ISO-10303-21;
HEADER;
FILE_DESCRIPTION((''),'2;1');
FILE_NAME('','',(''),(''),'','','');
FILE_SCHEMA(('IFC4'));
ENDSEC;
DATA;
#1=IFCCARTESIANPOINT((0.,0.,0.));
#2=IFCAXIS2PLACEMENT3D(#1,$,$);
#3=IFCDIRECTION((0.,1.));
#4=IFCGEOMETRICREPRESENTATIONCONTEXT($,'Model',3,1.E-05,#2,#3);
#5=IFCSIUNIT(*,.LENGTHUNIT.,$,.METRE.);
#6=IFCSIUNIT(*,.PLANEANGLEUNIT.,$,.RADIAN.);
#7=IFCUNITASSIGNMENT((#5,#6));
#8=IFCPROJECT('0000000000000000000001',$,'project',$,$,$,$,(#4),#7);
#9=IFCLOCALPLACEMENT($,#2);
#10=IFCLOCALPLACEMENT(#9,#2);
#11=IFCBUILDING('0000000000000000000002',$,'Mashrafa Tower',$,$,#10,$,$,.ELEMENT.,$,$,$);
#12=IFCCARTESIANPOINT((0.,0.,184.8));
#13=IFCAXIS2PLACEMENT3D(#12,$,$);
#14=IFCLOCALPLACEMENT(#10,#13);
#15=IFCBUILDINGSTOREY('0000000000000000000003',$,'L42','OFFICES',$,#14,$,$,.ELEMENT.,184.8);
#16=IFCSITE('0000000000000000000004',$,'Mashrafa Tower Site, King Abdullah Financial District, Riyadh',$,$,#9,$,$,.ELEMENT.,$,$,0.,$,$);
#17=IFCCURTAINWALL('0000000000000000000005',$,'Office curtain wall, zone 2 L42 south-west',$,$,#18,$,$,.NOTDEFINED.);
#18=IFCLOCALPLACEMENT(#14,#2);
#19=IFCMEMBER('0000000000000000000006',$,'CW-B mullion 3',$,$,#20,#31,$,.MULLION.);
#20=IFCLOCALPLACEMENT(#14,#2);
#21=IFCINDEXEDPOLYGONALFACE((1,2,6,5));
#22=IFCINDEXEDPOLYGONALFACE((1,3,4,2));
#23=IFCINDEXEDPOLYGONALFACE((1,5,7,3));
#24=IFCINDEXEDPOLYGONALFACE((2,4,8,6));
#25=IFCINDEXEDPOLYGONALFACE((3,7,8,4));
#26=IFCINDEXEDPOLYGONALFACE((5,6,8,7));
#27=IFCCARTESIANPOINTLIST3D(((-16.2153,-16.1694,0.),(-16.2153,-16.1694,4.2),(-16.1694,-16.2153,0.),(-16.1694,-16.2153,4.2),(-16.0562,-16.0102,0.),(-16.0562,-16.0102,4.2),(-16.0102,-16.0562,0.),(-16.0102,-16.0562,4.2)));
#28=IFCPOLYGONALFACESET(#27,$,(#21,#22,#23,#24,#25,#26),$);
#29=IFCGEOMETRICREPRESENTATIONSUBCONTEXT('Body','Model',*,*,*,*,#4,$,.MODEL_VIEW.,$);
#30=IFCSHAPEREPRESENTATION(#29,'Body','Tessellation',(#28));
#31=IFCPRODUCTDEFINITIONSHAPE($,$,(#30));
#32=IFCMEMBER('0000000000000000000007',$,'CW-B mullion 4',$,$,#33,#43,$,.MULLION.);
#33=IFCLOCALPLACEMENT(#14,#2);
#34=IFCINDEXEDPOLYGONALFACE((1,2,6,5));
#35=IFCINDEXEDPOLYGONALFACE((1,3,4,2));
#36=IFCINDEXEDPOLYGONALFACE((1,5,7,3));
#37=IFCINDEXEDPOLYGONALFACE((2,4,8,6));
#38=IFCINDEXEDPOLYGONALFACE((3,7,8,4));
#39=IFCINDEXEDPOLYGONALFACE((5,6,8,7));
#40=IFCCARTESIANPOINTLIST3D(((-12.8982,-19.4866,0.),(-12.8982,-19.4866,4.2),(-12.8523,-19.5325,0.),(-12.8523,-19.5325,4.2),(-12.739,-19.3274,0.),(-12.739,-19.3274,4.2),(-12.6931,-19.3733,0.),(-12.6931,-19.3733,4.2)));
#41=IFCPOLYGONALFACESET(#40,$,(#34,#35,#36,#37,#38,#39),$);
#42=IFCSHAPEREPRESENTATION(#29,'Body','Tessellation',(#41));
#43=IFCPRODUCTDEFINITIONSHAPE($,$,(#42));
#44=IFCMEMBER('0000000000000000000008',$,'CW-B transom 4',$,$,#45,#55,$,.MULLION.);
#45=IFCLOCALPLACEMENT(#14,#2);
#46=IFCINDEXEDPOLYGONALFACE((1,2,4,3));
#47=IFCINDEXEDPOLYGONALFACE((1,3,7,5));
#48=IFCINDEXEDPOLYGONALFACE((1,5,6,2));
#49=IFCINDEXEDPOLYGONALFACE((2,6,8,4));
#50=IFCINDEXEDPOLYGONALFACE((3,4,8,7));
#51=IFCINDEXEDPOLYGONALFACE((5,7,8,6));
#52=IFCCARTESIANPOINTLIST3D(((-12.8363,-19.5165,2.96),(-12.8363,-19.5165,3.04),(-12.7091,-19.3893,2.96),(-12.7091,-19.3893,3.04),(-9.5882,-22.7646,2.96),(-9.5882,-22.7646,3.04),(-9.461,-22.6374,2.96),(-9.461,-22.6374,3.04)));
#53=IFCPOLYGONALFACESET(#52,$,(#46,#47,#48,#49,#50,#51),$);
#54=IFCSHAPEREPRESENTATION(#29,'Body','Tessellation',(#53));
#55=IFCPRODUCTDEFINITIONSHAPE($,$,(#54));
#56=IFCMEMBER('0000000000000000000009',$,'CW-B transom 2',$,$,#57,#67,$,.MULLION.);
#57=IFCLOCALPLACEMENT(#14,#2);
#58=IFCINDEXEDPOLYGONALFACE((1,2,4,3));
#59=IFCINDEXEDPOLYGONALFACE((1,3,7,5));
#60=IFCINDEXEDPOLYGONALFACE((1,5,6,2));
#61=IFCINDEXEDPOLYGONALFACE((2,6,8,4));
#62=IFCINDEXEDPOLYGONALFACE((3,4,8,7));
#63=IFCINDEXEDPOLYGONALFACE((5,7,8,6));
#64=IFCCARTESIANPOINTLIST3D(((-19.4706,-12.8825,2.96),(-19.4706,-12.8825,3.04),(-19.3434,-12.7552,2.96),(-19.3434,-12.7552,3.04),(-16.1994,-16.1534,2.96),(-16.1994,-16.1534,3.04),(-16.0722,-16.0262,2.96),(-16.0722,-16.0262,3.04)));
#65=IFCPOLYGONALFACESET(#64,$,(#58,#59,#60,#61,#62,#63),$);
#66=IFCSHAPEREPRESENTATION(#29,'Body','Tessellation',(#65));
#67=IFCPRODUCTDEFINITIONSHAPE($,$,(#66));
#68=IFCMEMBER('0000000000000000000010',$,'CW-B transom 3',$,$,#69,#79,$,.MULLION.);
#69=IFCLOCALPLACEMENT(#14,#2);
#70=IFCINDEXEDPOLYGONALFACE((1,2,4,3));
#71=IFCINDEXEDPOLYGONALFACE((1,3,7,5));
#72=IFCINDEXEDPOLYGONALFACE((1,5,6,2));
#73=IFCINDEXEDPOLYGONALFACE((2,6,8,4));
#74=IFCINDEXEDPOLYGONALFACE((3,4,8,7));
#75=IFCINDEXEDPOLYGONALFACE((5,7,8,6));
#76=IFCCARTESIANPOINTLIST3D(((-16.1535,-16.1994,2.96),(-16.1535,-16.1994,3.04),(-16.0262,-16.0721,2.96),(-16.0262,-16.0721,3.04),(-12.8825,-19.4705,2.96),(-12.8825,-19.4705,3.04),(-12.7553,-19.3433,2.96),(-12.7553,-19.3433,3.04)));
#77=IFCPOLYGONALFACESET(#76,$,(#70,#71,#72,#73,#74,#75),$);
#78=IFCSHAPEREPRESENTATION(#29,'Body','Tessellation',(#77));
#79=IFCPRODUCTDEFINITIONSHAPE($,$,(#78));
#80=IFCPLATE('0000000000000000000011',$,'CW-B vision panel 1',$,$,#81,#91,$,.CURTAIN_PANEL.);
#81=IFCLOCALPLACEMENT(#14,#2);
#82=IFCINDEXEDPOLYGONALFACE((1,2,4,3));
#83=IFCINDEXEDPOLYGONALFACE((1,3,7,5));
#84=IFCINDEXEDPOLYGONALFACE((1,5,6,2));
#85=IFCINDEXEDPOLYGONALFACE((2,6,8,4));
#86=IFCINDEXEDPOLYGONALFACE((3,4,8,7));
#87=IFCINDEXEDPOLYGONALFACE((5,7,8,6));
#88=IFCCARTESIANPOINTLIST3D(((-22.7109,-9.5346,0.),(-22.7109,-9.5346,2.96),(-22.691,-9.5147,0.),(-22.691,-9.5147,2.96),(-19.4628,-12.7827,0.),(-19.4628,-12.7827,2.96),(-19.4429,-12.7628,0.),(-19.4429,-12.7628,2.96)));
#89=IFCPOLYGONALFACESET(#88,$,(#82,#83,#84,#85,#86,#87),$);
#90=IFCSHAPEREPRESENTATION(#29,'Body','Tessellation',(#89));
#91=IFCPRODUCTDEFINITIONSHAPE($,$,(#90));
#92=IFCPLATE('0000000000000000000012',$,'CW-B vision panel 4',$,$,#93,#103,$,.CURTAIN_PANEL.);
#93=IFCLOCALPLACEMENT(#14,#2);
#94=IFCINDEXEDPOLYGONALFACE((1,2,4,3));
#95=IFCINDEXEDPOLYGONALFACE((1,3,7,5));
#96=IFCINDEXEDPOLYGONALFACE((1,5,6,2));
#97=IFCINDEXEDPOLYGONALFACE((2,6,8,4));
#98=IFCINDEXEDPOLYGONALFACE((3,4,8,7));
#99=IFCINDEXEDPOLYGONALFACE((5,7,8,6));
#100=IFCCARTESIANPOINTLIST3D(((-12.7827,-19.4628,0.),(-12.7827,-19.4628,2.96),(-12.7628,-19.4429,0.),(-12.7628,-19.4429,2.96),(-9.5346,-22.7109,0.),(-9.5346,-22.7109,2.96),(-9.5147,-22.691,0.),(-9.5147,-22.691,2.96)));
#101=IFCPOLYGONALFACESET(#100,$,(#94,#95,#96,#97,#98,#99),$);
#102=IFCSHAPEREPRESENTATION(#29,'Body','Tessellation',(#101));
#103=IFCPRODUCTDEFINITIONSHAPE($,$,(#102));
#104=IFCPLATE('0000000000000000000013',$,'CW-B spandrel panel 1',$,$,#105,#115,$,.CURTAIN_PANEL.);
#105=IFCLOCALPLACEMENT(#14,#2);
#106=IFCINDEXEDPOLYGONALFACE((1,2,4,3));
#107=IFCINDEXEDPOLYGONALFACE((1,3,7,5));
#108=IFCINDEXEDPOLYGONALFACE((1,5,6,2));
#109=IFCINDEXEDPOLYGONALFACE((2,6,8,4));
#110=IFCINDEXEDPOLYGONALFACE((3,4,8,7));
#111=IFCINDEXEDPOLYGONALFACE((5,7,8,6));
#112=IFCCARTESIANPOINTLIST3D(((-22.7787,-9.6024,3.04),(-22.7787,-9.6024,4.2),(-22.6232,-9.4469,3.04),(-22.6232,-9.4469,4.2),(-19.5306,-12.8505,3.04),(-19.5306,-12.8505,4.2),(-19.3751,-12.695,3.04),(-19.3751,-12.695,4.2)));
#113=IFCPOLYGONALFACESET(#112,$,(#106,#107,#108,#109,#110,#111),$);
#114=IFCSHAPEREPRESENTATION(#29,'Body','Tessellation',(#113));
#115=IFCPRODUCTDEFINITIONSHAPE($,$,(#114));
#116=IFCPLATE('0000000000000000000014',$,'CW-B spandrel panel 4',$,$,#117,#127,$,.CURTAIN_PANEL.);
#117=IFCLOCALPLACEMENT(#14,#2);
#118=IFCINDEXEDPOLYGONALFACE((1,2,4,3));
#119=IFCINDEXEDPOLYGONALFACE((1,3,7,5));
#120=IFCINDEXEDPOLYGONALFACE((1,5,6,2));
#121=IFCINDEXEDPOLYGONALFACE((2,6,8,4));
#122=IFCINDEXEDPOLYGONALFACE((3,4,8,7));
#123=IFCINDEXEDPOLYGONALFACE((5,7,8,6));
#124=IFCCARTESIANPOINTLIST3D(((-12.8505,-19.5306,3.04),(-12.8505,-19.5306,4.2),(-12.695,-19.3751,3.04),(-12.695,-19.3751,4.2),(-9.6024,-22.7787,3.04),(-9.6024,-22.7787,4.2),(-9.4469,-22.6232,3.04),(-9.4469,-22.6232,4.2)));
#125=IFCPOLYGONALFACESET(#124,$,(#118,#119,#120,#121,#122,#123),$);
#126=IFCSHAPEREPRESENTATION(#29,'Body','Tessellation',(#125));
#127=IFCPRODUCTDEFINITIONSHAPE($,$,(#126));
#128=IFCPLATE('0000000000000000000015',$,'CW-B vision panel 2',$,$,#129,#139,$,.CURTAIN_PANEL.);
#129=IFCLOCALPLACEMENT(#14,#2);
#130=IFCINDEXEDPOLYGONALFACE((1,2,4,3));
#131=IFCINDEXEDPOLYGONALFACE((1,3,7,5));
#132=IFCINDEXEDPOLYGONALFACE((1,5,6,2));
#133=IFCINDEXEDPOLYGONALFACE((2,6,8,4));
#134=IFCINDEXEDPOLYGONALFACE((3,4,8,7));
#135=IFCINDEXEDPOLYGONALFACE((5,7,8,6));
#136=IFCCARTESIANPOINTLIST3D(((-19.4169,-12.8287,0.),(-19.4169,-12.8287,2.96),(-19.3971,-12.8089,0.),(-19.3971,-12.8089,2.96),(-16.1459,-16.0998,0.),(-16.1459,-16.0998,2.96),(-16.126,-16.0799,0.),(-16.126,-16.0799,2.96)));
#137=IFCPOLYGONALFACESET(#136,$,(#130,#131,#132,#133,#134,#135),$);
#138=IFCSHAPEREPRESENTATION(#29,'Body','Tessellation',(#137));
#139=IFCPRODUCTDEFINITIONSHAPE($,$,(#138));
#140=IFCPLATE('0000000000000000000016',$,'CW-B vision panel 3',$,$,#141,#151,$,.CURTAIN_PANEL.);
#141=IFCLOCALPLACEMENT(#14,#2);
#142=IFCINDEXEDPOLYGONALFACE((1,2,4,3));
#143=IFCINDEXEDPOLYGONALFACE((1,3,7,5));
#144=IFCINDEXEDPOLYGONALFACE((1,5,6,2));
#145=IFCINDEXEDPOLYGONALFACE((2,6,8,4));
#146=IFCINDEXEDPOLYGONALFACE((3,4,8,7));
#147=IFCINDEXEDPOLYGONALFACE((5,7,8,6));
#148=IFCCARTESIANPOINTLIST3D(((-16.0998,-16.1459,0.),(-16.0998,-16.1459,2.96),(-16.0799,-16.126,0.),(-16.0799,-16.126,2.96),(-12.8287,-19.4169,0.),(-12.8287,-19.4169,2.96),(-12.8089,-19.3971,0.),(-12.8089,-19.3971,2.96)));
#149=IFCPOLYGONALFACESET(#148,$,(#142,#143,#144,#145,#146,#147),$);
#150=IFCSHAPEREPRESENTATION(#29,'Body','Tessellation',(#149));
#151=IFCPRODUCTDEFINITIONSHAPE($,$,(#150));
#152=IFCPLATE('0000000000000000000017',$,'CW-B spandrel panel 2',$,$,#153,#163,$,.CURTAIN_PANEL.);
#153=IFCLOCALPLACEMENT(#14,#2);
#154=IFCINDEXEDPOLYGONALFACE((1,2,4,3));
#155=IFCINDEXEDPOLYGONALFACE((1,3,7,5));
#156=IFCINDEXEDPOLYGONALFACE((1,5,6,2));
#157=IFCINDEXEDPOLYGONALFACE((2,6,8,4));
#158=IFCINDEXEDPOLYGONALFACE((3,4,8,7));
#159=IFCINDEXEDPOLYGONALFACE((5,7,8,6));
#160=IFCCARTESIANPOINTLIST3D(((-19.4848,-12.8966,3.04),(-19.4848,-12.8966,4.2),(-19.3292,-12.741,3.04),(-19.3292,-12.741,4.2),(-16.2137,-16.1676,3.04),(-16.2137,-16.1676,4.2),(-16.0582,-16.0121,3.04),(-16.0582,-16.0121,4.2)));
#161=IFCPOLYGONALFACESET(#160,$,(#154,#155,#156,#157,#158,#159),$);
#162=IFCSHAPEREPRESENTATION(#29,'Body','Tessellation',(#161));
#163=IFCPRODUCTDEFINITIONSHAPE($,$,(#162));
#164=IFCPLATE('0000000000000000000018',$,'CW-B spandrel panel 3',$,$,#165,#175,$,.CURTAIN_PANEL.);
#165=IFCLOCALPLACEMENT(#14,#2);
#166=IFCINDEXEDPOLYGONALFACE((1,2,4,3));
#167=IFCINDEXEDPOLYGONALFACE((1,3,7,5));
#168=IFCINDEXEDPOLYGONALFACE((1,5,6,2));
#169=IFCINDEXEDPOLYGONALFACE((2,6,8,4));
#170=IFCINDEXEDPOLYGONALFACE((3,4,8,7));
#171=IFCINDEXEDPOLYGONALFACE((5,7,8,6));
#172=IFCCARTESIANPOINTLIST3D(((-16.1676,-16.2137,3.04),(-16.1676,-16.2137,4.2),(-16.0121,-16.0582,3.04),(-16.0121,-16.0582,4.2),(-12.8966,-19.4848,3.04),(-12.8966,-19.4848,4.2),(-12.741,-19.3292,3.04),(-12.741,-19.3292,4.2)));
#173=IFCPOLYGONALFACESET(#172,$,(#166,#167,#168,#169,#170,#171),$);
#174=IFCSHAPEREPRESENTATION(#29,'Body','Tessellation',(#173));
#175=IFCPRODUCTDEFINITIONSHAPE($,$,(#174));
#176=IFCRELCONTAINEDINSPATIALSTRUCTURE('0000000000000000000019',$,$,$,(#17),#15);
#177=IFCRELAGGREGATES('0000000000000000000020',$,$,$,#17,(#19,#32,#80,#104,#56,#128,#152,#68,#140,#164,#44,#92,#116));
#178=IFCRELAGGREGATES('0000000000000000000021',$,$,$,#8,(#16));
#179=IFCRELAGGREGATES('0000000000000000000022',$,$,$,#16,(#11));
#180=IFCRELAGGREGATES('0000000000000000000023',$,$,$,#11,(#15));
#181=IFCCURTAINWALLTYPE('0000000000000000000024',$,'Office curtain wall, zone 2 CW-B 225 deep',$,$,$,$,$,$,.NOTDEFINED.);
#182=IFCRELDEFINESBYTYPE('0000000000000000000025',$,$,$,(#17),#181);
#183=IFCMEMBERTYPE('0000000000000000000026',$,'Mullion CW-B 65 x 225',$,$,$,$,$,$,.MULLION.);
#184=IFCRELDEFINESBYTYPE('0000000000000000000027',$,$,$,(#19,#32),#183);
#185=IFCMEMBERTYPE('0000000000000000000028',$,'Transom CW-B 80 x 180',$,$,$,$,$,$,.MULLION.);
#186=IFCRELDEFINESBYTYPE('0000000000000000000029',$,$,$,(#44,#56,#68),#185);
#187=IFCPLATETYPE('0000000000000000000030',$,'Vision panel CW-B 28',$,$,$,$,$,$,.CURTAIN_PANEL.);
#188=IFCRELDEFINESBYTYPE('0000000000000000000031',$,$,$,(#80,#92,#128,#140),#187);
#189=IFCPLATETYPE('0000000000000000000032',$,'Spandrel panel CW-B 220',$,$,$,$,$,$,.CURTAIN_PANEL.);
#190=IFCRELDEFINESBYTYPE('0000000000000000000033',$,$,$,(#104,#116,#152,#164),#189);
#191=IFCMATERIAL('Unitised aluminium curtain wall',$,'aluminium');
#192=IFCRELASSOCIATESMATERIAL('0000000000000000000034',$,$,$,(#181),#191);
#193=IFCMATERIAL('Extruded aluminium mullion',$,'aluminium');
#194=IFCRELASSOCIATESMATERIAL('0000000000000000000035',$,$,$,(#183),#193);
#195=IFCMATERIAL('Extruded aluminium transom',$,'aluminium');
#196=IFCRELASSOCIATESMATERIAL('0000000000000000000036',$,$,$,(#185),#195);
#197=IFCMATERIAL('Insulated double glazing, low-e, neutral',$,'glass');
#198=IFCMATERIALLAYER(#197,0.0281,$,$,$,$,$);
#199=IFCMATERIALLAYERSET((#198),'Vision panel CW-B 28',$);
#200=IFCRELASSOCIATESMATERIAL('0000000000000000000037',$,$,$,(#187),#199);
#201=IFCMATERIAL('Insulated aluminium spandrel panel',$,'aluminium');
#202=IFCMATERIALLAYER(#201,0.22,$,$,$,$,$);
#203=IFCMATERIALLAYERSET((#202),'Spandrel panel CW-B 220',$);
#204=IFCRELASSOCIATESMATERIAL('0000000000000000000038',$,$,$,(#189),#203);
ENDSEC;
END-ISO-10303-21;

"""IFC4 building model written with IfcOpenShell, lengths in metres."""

from ifc_helpers import new_model, si_unit, direction, frame, origin, origin_2d, place, context, subcontext, project, spatial, rectangle, extrude, source, transform, mapped, material, layer, layer_set, material_profile, profile_set, type_object, type_shapes, element, aggregate, save


model = new_model("IFC4")

# Units and contexts
model_context = context("Model", 3, precision=1e-05, world=origin(), true_north=direction((0.0, 1.0)))
body_context = subcontext(model_context, "Body", "Model", "MODEL_VIEW")
ifc_project = project(units=[si_unit("LENGTHUNIT", "METRE"), si_unit("PLANEANGLEUNIT", "RADIAN")], contexts=[model_context])

# Site, building, storey
site_placement = place(None, origin())
site = spatial("IfcSite", under=ifc_project, at=site_placement, Name="Mashrafa Tower Site, King Abdullah Financial District, Riyadh", CompositionType="ELEMENT", RefElevation=0.0)
building_placement = place(site_placement, origin())
building = spatial("IfcBuilding", under=site, at=building_placement, Name="Mashrafa Tower", CompositionType="ELEMENT")
storey_placement = place(building_placement, frame((0.0, 0.0, 184.8)))
storey = spatial("IfcBuildingStorey", under=building, at=storey_placement, Name="L42", Description="OFFICES", CompositionType="ELEMENT", Elevation=184.8)

# Curtain wall, members, plates
ifc_material_1 = material(Name="Unitised aluminium curtain wall", Category="aluminium")
curtain_wall_type = type_object("IfcCurtainWallType", Name="Office curtain wall, zone 2 CW-B 225 deep", PredefinedType="NOTDEFINED", material=ifc_material_1)
curtain_wall_placement = place(storey_placement, origin())
curtain_wall = element("IfcCurtainWall", 1, at=curtain_wall_placement, inside=storey, type_object=curtain_wall_type, Name="Office curtain wall, zone 2 L42 south-west", PredefinedType="NOTDEFINED")
ifc_material_2 = material(Name="Extruded aluminium mullion", Category="aluminium")
ifc_material_profile_1 = material_profile(ifc_material_2, rectangle(XDim=0.2251, YDim=0.0649, at=origin_2d()), Name="Mullion 65x225")
ifc_profile_set_1 = profile_set([ifc_material_profile_1], Name="Extruded aluminium mullion")
member_type_1 = type_object("IfcMemberType", Name="Mullion CW-B 65 x 225", PredefinedType="MULLION", material=ifc_profile_set_1)
shared_shape_1 = source(origin(), body_context, "Body", "SweptSolid", [
    extrude(rectangle(XDim=0.2251, YDim=0.0649, at=origin_2d()), origin(), (0.0, 0.0, 1.0), 4.2),
])
type_shapes(member_type_1, [shared_shape_1])
member_1_placement = place(storey_placement, frame((-16.1128, -16.1128, 0.0), z_axis=(0.0, 0.0, 1.0), x_axis=(0.707107, 0.707107, 0.0)))
member_1 = element("IfcMember", 2, at=member_1_placement, type_object=member_type_1, Name="CW-B mullion 3", PredefinedType="MULLION", context=body_context, shape_type="MappedRepresentation", body=[
    mapped(shared_shape_1, transform((0.0, 0.0, 0.0))),
])
member_2_placement = place(storey_placement, frame((-12.7957, -19.4299, 0.0), z_axis=(0.0, 0.0, 1.0), x_axis=(0.707107, 0.707107, 0.0)))
member_2 = element("IfcMember", 3, at=member_2_placement, type_object=member_type_1, Name="CW-B mullion 4", PredefinedType="MULLION", context=body_context, shape_type="MappedRepresentation", body=[
    mapped(shared_shape_1, transform((0.0, 0.0, 0.0))),
])
ifc_material_3 = material(Name="Extruded aluminium transom", Category="aluminium")
ifc_material_profile_2 = material_profile(ifc_material_3, rectangle(XDim=0.1799, YDim=0.0801, at=origin_2d()), Name="Transom 80x180")
ifc_profile_set_2 = profile_set([ifc_material_profile_2], Name="Extruded aluminium transom")
member_type_2 = type_object("IfcMemberType", Name="Transom CW-B 80 x 180", PredefinedType="MULLION", material=ifc_profile_set_2)
shared_shape_2 = source(origin(), body_context, "Body", "SweptSolid", [
    extrude(rectangle(XDim=0.1799, YDim=0.0801, at=origin_2d()), origin(), (0.0, 0.0, 1.0), 4.5935),
])
member_3_placement = place(storey_placement, frame((-12.7727, -19.4529, 3.0), z_axis=(0.707107, -0.707107, 0.0), x_axis=(0.707107, 0.707107, 0.0)))
member_3 = element("IfcMember", 4, at=member_3_placement, type_object=member_type_2, Name="CW-B transom 4", PredefinedType="MULLION", context=body_context, shape_type="MappedRepresentation", body=[
    mapped(shared_shape_2, transform((0.0, 0.0, 0.0))),
])
shared_shape_3 = source(origin(), body_context, "Body", "SweptSolid", [
    extrude(rectangle(XDim=0.1799, YDim=0.0801, at=origin_2d()), origin(), (0.0, 0.0, 1.0), 4.626),
])
type_shapes(member_type_2, [shared_shape_2, shared_shape_3])
member_4_placement = place(storey_placement, frame((-19.407, -12.8188, 3.0), z_axis=(0.707133, -0.70708, 0.0), x_axis=(0.70708, 0.707133, 0.0)))
member_4 = element("IfcMember", 5, at=member_4_placement, type_object=member_type_2, Name="CW-B transom 2", PredefinedType="MULLION", context=body_context, shape_type="MappedRepresentation", body=[
    mapped(shared_shape_3, transform((0.0, 0.0, 0.0))),
])
member_5_placement = place(storey_placement, frame((-16.0898, -16.1357, 3.0), z_axis=(0.70708, -0.707133, 0.0), x_axis=(0.707133, 0.70708, 0.0)))
member_5 = element("IfcMember", 6, at=member_5_placement, type_object=member_type_2, Name="CW-B transom 3", PredefinedType="MULLION", context=body_context, shape_type="MappedRepresentation", body=[
    mapped(shared_shape_3, transform((0.0, 0.0, 0.0))),
])
ifc_material_4 = material(Name="Insulated double glazing, low-e, neutral", Category="glass")
ifc_layer_1 = layer(ifc_material_4, 0.0281)
ifc_layer_set_1 = layer_set([ifc_layer_1], Name="Vision panel CW-B 28")
plate_type_1 = type_object("IfcPlateType", Name="Vision panel CW-B 28", PredefinedType="CURTAIN_PANEL", material=ifc_layer_set_1)
shared_shape_4 = source(origin(), body_context, "Body", "SweptSolid", [
    extrude(rectangle(XDim=4.5935, YDim=0.0281, at=origin_2d()), origin(), (0.0, 0.0, 1.0), 2.96),
])
plate_1_placement = place(storey_placement, frame((-21.0769, -11.1487, 0.0), z_axis=(0.0, 0.0, 1.0), x_axis=(0.707107, -0.707107, 0.0)))
plate_1 = element("IfcPlate", 7, at=plate_1_placement, type_object=plate_type_1, Name="CW-B vision panel 1", PredefinedType="CURTAIN_PANEL", context=body_context, shape_type="MappedRepresentation", body=[
    mapped(shared_shape_4, transform((0.0, 0.0, 0.0))),
])
plate_2_placement = place(storey_placement, frame((-11.1487, -21.0769, 0.0), z_axis=(0.0, 0.0, 1.0), x_axis=(0.707107, -0.707107, 0.0)))
plate_2 = element("IfcPlate", 8, at=plate_2_placement, type_object=plate_type_1, Name="CW-B vision panel 4", PredefinedType="CURTAIN_PANEL", context=body_context, shape_type="MappedRepresentation", body=[
    mapped(shared_shape_4, transform((0.0, 0.0, 0.0))),
])
ifc_material_5 = material(Name="Insulated aluminium spandrel panel", Category="aluminium")
ifc_layer_2 = layer(ifc_material_5, 0.22)
ifc_layer_set_2 = layer_set([ifc_layer_2], Name="Spandrel panel CW-B 220")
plate_type_2 = type_object("IfcPlateType", Name="Spandrel panel CW-B 220", PredefinedType="CURTAIN_PANEL", material=ifc_layer_set_2)
shared_shape_5 = source(origin(), body_context, "Body", "SweptSolid", [
    extrude(rectangle(XDim=4.5935, YDim=0.22, at=origin_2d()), origin(), (0.0, 0.0, 1.0), 1.1599),
])
plate_3_placement = place(storey_placement, frame((-21.0769, -11.1487, 3.04), z_axis=(0.0, 0.0, 1.0), x_axis=(0.707107, -0.707107, 0.0)))
plate_3 = element("IfcPlate", 9, at=plate_3_placement, type_object=plate_type_2, Name="CW-B spandrel panel 1", PredefinedType="CURTAIN_PANEL", context=body_context, shape_type="MappedRepresentation", body=[
    mapped(shared_shape_5, transform((0.0, 0.0, 0.0))),
])
plate_4_placement = place(storey_placement, frame((-11.1487, -21.0769, 3.04), z_axis=(0.0, 0.0, 1.0), x_axis=(0.707107, -0.707107, 0.0)))
plate_4 = element("IfcPlate", 10, at=plate_4_placement, type_object=plate_type_2, Name="CW-B spandrel panel 4", PredefinedType="CURTAIN_PANEL", context=body_context, shape_type="MappedRepresentation", body=[
    mapped(shared_shape_5, transform((0.0, 0.0, 0.0))),
])
shared_shape_6 = source(origin(), body_context, "Body", "SweptSolid", [
    extrude(rectangle(XDim=4.626, YDim=0.0281, at=origin_2d()), origin(), (0.0, 0.0, 1.0), 2.96),
])
type_shapes(plate_type_1, [shared_shape_4, shared_shape_6])
plate_5_placement = place(storey_placement, frame((-17.7715, -14.4543, 0.0), z_axis=(0.0, 0.0, 1.0), x_axis=(0.707107, -0.707107, 0.0)))
plate_5 = element("IfcPlate", 11, at=plate_5_placement, type_object=plate_type_1, Name="CW-B vision panel 2", PredefinedType="CURTAIN_PANEL", context=body_context, shape_type="MappedRepresentation", body=[
    mapped(shared_shape_6, transform((0.0, 0.0, 0.0))),
])
plate_6_placement = place(storey_placement, frame((-14.4543, -17.7715, 0.0), z_axis=(0.0, 0.0, 1.0), x_axis=(0.707107, -0.707107, 0.0)))
plate_6 = element("IfcPlate", 12, at=plate_6_placement, type_object=plate_type_1, Name="CW-B vision panel 3", PredefinedType="CURTAIN_PANEL", context=body_context, shape_type="MappedRepresentation", body=[
    mapped(shared_shape_6, transform((0.0, 0.0, 0.0))),
])
shared_shape_7 = source(origin(), body_context, "Body", "SweptSolid", [
    extrude(rectangle(XDim=4.626, YDim=0.22, at=origin_2d()), origin(), (0.0, 0.0, 1.0), 1.1599),
])
type_shapes(plate_type_2, [shared_shape_5, shared_shape_7])
plate_7_placement = place(storey_placement, frame((-17.7715, -14.4543, 3.04), z_axis=(0.0, 0.0, 1.0), x_axis=(0.707107, -0.707107, 0.0)))
plate_7 = element("IfcPlate", 13, at=plate_7_placement, type_object=plate_type_2, Name="CW-B spandrel panel 2", PredefinedType="CURTAIN_PANEL", context=body_context, shape_type="MappedRepresentation", body=[
    mapped(shared_shape_7, transform((0.0, 0.0, 0.0))),
])
plate_8_placement = place(storey_placement, frame((-14.4543, -17.7715, 3.04), z_axis=(0.0, 0.0, 1.0), x_axis=(0.707107, -0.707107, 0.0)))
plate_8 = element("IfcPlate", 14, at=plate_8_placement, type_object=plate_type_2, Name="CW-B spandrel panel 3", PredefinedType="CURTAIN_PANEL", context=body_context, shape_type="MappedRepresentation", body=[
    mapped(shared_shape_7, transform((0.0, 0.0, 0.0))),
])
aggregate(curtain_wall, [member_1, member_2, plate_1, plate_3, member_4, plate_5, plate_7, member_5, plate_6, plate_8, member_3, plate_2, plate_4])

save(model, "model.ifc")
